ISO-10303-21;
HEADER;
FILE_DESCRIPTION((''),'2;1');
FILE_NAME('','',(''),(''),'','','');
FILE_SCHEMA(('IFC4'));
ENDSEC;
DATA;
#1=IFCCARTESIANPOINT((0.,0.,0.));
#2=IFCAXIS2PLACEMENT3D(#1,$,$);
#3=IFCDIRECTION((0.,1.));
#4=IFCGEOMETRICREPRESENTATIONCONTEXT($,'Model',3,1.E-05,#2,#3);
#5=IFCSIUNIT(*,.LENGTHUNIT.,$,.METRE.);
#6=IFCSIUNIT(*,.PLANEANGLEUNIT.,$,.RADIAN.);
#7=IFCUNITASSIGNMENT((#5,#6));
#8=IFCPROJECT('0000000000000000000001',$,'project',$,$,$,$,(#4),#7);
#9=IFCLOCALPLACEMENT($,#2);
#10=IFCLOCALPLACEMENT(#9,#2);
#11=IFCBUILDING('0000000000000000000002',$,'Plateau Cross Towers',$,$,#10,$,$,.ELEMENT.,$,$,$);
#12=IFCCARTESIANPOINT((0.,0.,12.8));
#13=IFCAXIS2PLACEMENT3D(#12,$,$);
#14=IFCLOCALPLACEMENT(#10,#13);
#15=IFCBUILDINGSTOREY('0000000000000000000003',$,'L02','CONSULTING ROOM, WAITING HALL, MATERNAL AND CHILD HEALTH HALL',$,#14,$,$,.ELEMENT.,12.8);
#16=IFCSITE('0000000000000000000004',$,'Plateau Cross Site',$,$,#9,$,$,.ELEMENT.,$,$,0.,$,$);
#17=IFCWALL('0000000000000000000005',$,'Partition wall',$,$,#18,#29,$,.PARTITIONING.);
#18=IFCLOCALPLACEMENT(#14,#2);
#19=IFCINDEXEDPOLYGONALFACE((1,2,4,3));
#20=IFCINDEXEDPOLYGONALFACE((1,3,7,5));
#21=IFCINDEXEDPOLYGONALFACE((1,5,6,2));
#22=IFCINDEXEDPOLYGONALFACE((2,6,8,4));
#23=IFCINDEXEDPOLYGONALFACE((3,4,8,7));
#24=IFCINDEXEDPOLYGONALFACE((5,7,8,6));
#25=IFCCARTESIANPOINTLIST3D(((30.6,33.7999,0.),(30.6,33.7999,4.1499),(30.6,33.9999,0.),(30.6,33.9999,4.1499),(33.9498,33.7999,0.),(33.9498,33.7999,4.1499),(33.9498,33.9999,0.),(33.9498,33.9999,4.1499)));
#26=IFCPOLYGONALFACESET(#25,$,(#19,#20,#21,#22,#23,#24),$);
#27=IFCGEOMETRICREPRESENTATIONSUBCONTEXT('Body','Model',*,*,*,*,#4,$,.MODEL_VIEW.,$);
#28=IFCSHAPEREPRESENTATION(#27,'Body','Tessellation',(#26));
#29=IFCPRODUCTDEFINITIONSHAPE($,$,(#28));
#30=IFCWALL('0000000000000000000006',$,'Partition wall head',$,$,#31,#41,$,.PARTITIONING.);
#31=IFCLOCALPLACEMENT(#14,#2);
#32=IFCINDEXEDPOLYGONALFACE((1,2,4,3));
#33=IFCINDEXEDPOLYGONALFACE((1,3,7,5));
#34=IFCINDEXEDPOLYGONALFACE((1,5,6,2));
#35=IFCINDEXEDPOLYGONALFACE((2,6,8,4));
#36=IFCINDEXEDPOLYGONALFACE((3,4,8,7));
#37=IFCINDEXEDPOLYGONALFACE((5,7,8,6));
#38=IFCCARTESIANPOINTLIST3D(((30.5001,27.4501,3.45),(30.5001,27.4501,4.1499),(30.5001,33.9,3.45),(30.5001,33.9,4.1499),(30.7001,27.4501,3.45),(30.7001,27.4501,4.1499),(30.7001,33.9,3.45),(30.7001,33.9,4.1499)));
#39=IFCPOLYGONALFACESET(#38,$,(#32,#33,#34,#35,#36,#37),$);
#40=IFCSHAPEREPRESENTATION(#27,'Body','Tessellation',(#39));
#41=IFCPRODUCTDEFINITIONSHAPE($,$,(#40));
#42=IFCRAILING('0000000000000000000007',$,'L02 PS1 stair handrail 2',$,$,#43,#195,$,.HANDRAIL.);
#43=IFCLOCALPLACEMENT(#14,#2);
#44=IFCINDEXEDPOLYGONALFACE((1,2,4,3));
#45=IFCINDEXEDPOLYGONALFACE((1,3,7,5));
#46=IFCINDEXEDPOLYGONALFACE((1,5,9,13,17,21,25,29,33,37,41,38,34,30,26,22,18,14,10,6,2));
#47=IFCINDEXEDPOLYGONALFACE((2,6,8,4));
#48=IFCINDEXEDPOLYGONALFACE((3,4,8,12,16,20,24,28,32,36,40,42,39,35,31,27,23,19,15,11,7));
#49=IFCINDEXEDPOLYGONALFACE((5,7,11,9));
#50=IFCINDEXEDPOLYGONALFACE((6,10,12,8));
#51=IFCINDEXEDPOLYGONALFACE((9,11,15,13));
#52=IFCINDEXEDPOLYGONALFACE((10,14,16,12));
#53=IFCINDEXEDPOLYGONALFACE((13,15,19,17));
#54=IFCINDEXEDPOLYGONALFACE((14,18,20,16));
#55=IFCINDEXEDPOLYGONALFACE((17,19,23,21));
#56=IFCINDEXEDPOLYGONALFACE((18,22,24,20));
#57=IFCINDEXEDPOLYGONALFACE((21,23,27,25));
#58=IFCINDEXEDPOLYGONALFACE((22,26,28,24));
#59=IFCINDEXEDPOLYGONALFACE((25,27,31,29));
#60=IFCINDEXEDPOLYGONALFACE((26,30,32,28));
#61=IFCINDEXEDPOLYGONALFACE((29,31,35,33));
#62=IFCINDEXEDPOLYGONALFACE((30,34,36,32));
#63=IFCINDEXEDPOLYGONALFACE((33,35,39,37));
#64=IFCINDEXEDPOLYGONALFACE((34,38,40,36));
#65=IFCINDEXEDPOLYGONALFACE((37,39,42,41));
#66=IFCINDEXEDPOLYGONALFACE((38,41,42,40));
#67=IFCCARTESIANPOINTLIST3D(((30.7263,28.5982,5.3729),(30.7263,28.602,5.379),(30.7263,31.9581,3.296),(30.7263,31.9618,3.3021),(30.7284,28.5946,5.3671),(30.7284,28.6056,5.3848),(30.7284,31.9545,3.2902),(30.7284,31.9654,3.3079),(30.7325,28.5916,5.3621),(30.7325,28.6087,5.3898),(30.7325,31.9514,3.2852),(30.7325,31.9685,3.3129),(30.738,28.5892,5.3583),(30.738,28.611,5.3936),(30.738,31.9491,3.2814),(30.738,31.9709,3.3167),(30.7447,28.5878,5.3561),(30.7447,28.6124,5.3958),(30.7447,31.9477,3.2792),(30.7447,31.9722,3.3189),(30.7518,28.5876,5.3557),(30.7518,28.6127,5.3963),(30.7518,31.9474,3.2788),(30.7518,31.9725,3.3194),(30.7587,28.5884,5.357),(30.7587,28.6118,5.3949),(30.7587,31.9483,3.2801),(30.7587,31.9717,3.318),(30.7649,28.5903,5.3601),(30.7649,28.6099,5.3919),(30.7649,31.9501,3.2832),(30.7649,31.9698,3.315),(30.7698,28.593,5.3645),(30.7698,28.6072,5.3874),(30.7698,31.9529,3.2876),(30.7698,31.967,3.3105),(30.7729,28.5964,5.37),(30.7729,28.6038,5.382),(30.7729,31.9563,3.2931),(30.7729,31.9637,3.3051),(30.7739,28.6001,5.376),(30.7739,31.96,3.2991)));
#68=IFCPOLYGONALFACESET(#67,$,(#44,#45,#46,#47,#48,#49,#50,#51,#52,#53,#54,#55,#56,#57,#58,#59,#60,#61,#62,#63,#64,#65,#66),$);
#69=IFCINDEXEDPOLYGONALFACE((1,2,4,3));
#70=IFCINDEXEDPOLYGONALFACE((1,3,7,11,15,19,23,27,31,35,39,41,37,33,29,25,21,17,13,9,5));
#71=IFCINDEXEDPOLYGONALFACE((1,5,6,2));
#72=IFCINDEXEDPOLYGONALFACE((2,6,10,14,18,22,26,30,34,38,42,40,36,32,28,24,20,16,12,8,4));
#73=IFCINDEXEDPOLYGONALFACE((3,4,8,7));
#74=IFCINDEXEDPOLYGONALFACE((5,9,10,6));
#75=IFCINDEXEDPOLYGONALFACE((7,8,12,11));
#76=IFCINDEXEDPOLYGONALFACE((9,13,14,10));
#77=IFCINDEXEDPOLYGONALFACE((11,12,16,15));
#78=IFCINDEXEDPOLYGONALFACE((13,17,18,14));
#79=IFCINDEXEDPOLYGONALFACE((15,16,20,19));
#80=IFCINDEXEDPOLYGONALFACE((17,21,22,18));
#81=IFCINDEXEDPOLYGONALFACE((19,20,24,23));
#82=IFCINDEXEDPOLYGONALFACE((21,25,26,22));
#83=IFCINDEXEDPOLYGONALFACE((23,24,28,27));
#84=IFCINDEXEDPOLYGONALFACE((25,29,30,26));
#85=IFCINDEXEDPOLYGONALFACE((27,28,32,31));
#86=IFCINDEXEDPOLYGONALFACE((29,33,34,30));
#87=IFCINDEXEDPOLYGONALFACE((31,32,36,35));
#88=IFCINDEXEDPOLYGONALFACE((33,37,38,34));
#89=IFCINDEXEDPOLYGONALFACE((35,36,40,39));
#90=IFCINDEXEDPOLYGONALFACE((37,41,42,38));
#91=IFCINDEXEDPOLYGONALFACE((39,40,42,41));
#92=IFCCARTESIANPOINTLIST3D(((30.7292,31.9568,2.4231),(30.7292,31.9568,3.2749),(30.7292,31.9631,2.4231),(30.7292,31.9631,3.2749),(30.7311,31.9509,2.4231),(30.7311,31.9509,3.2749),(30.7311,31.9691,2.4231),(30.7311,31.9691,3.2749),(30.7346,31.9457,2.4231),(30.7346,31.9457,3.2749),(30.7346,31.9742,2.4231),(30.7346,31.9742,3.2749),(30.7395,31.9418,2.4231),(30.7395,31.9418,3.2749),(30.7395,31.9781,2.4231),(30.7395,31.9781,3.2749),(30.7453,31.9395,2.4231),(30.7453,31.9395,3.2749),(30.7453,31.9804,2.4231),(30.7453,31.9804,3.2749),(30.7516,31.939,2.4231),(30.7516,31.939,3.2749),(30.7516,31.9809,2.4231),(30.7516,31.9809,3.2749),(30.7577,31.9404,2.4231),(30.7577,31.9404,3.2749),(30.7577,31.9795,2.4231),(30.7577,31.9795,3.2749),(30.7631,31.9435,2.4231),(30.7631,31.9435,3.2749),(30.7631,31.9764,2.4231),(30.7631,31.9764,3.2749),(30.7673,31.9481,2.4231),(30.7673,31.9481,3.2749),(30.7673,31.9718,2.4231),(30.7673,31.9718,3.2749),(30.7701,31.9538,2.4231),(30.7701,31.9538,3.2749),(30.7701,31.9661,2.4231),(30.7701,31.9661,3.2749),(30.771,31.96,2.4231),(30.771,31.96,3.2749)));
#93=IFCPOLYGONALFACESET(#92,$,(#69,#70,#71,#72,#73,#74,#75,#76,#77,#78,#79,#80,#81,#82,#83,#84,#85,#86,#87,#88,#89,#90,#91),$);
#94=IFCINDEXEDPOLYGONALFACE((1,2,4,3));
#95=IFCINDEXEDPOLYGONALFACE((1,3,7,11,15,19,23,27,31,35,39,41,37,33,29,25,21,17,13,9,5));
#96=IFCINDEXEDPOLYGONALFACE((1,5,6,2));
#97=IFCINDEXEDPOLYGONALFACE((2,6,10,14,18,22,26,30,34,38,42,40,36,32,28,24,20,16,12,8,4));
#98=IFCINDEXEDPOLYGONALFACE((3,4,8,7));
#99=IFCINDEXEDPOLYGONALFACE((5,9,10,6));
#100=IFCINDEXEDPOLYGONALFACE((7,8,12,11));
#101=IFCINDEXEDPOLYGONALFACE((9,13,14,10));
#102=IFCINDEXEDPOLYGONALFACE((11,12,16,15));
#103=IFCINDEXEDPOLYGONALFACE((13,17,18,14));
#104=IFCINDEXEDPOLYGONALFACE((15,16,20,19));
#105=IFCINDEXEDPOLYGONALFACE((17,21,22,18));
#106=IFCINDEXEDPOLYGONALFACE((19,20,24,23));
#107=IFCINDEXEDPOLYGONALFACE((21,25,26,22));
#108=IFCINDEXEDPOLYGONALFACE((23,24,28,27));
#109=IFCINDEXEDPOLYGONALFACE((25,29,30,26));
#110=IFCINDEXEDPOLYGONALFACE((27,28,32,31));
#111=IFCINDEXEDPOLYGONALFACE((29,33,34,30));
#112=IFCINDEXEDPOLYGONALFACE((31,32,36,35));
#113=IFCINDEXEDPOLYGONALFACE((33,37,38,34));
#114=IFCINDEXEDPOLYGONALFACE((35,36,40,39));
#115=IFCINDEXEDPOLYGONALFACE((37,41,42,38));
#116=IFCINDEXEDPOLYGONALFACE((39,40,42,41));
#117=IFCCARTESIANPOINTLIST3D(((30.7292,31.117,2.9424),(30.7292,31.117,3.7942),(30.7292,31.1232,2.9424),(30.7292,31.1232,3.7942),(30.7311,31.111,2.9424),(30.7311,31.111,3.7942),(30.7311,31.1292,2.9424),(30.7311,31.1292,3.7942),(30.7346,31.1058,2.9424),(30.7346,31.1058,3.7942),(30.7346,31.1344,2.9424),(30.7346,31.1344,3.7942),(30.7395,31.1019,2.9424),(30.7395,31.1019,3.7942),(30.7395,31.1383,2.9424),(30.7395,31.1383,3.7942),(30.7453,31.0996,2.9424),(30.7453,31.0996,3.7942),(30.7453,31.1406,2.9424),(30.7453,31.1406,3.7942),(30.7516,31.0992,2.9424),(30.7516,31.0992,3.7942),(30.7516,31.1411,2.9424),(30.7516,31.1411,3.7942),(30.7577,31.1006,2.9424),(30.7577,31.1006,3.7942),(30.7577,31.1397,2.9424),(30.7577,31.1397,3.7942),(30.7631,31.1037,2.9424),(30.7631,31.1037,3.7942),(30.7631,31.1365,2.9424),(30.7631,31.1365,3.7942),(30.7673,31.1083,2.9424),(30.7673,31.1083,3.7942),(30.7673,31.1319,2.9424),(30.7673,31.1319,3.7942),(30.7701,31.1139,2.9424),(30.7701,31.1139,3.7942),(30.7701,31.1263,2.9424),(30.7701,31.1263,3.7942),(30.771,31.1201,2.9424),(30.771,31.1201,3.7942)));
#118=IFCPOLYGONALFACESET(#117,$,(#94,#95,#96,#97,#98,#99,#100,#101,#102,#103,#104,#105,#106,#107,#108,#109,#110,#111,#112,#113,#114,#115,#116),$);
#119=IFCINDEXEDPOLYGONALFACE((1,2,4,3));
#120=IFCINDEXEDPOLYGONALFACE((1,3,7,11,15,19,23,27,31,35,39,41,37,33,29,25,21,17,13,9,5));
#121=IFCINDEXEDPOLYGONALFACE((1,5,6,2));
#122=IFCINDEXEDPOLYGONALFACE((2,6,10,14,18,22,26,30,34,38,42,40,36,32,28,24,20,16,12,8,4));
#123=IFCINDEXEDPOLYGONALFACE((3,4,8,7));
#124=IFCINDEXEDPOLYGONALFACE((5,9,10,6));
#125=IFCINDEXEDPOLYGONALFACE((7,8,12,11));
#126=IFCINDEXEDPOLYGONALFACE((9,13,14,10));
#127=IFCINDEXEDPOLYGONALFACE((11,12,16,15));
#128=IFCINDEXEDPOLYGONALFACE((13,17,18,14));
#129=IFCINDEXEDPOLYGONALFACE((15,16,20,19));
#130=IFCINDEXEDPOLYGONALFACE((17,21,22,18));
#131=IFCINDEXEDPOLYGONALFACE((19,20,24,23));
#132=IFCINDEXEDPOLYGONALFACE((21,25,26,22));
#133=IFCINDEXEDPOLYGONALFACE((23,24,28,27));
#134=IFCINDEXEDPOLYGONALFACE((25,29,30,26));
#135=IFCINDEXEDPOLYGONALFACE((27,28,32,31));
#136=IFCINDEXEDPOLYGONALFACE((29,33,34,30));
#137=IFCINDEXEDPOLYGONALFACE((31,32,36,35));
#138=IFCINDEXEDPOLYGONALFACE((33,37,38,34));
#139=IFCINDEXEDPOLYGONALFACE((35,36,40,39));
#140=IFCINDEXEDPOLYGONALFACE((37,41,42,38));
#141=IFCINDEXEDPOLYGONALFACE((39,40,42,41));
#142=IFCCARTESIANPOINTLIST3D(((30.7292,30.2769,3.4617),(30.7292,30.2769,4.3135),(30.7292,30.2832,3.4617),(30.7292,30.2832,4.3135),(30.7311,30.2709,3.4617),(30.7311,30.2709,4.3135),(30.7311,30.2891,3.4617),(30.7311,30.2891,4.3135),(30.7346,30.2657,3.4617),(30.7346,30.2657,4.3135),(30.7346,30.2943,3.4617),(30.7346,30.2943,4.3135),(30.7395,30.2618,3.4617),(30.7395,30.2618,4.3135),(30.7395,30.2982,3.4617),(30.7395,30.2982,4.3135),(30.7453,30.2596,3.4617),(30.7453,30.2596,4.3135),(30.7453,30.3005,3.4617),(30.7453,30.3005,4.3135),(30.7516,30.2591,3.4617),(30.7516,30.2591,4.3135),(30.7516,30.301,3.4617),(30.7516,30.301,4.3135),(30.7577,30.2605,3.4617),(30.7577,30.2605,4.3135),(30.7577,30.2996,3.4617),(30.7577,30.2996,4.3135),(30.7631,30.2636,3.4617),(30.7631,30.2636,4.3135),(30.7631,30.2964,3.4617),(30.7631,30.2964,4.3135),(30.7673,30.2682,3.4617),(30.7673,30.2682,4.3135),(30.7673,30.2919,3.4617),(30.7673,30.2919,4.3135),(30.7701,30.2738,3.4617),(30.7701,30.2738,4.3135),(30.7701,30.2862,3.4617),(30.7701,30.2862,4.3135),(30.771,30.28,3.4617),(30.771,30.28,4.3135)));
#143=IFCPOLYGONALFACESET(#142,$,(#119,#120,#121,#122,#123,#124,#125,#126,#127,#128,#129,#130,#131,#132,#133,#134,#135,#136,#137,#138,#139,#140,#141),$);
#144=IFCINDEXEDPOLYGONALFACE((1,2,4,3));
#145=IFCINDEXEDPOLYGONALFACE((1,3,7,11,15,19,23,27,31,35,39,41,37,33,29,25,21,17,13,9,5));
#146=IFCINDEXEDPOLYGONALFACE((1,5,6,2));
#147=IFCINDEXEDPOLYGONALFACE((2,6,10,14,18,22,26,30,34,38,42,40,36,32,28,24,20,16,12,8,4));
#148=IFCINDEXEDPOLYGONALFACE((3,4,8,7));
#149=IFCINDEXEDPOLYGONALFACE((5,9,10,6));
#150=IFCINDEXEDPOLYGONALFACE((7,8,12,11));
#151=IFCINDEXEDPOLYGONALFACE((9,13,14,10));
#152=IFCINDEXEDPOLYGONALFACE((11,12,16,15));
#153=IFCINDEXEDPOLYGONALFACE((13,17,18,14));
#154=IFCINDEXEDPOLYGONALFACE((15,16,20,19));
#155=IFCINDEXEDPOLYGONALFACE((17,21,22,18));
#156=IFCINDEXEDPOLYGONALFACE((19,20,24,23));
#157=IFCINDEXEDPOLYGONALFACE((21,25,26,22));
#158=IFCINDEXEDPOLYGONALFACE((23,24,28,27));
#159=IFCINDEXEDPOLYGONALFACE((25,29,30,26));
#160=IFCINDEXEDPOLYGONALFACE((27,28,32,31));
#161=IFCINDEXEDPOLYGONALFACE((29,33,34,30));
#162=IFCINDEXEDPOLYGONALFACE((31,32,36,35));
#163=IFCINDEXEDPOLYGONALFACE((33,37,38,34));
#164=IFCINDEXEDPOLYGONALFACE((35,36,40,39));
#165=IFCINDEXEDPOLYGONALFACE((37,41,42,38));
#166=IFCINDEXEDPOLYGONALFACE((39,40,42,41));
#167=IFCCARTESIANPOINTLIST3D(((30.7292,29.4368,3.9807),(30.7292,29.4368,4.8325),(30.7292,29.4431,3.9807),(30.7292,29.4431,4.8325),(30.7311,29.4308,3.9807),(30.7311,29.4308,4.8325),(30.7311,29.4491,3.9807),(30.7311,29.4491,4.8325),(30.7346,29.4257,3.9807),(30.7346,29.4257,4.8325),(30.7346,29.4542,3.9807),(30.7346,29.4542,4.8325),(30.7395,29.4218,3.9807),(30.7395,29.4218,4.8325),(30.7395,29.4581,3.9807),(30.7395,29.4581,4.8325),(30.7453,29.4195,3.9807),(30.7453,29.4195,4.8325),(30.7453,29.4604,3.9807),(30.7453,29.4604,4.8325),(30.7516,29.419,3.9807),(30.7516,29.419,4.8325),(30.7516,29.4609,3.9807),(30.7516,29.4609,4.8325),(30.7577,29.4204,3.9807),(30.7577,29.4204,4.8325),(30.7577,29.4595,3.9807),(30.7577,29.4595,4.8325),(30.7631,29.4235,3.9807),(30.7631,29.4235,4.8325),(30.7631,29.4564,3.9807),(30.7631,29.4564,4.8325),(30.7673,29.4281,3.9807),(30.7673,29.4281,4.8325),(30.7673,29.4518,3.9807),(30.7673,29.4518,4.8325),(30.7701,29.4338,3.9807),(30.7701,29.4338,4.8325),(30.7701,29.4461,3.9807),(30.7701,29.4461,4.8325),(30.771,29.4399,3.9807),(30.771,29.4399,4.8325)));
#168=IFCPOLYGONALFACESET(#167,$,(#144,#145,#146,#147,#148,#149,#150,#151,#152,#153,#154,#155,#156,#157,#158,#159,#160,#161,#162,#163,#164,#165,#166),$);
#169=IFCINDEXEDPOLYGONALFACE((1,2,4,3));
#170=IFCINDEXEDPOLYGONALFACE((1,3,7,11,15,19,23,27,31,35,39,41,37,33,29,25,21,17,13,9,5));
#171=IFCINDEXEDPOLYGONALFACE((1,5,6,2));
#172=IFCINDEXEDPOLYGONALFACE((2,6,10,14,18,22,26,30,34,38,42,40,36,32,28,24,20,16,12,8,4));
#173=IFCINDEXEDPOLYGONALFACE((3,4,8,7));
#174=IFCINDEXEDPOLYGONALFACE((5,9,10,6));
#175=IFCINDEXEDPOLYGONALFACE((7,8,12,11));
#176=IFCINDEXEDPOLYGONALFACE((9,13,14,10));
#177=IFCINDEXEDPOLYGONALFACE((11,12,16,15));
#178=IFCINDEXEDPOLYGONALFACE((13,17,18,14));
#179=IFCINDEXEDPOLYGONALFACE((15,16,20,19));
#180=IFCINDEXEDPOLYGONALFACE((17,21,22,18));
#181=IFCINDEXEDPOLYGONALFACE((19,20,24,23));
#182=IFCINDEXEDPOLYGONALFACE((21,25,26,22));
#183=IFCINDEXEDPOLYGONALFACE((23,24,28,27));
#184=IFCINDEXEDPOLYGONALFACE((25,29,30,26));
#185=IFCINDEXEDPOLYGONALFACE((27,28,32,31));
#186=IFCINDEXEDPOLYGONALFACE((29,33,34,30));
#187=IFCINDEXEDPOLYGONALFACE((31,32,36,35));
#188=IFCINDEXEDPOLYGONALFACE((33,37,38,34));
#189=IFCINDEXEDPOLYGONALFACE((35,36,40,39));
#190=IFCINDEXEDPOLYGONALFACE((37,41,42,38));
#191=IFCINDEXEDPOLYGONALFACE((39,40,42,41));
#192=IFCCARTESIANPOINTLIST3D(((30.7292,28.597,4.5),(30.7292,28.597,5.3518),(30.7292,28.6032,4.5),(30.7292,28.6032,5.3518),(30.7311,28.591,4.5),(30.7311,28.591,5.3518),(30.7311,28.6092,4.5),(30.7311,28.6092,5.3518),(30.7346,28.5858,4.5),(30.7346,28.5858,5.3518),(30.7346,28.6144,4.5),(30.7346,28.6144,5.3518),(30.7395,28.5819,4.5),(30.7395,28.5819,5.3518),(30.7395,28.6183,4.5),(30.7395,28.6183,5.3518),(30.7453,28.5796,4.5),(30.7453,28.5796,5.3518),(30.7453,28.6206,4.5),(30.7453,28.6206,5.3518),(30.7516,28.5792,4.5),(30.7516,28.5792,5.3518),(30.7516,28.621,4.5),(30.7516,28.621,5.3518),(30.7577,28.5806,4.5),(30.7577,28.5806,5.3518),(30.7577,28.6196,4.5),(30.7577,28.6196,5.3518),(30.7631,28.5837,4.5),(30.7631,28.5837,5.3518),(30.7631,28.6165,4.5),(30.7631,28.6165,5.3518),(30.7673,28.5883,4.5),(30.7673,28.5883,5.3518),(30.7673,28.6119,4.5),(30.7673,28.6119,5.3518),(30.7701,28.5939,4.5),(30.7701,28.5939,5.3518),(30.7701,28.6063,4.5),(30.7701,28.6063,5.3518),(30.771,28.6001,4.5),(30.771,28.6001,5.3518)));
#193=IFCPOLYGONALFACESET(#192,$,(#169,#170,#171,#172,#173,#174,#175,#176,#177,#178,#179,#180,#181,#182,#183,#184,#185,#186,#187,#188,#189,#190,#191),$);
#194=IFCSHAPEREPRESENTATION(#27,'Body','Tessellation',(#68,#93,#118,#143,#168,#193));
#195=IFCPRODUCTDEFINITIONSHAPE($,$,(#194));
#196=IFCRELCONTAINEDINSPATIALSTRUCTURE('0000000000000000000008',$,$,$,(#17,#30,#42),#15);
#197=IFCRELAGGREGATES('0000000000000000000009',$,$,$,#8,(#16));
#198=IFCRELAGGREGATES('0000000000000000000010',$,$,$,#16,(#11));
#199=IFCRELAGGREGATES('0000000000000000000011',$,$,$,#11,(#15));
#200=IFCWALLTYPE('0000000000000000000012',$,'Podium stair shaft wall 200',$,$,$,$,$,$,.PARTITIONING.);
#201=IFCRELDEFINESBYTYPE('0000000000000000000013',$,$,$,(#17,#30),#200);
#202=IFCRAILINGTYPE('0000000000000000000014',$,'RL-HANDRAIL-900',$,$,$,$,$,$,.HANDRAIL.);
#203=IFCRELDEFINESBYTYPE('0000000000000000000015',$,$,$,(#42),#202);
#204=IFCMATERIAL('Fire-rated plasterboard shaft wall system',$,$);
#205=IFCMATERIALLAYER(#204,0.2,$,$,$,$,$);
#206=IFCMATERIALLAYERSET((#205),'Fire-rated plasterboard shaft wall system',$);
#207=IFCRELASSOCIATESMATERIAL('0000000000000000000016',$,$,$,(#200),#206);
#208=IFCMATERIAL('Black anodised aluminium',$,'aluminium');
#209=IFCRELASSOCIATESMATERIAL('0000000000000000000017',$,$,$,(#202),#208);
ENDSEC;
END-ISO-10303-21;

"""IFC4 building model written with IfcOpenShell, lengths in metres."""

from ifc_helpers import new_model, si_unit, direction, frame, frame_2d, origin, origin_2d, place, context, subcontext, project, spatial, rectangle, circle, extrude, material, layer, layer_set, type_object, element, save


model = new_model("IFC4")

# Units and contexts
model_context = context("Model", 3, precision=1e-05, world=origin(), true_north=direction((0.0, 1.0)))
body_context = subcontext(model_context, "Body", "Model", "MODEL_VIEW")
ifc_project = project(units=[si_unit("LENGTHUNIT", "METRE"), si_unit("PLANEANGLEUNIT", "RADIAN")], contexts=[model_context])

# Site, building, storey
site_placement = place(None, origin())
site = spatial("IfcSite", under=ifc_project, at=site_placement, Name="Plateau Cross Site", CompositionType="ELEMENT", RefElevation=0.0)
building_placement = place(site_placement, origin())
building = spatial("IfcBuilding", under=site, at=building_placement, Name="Plateau Cross Towers", CompositionType="ELEMENT")
storey_placement = place(building_placement, frame((0.0, 0.0, 12.8)))
storey = spatial("IfcBuildingStorey", under=building, at=storey_placement, Name="L02", Description="CONSULTING ROOM, WAITING HALL, MATERNAL AND CHILD HEALTH HALL", CompositionType="ELEMENT", Elevation=12.8)

# Walls
ifc_material_1 = material(Name="Fire-rated plasterboard shaft wall system")
ifc_layer_1 = layer(ifc_material_1, 0.2)
ifc_layer_set_1 = layer_set([ifc_layer_1], Name="Fire-rated plasterboard shaft wall system")
wall_type_1 = type_object("IfcWallType", Name="Podium stair shaft wall 200", PredefinedType="PARTITIONING", material=ifc_layer_set_1)
wall_1_placement = place(storey_placement, frame((30.6001, 33.8999, 0.0), z_axis=(0.0, 0.0, 1.0), x_axis=(1.0, 0.0, 0.0)))
element("IfcWall", 1, at=wall_1_placement, inside=storey, type_object=wall_type_1, Name="Partition wall", PredefinedType="PARTITIONING", context=body_context, shape_type="SweptSolid", body=[
    extrude(rectangle(XDim=3.3499, YDim=0.2, at=frame_2d((1.6748, 0.0))), origin(), (0.0, 0.0, 1.0), 4.1499),
])
wall_2_placement = place(storey_placement, frame((30.6001, 27.45, 3.45), z_axis=(0.0, 0.0, 1.0), x_axis=(0.0, 1.0, 0.0)))
element("IfcWall", 2, at=wall_2_placement, inside=storey, type_object=wall_type_1, Name="Partition wall head", PredefinedType="PARTITIONING", context=body_context, shape_type="SweptSolid", body=[
    extrude(rectangle(XDim=6.45, YDim=0.2, at=frame_2d((3.2251, 0.0))), origin(), (0.0, 0.0, 1.0), 0.7),
])

# Railing
ifc_material_2 = material(Name="Black anodised aluminium", Category="aluminium")
railing_type = type_object("IfcRailingType", Name="RL-HANDRAIL-900", PredefinedType="HANDRAIL", material=ifc_material_2)
railing_placement = place(storey_placement, frame((30.75, 31.96, 2.4231)))
element("IfcRailing", 3, at=railing_placement, inside=storey, type_object=railing_type, Name="L02 PS1 stair handrail 2", PredefinedType="HANDRAIL", context=body_context, shape_type="SweptSolid", body=[
    extrude(circle(Radius=0.0239, at=origin_2d()), frame((0.0, 0.0, 0.876), z_axis=(0.0, -0.850606, 0.525803), x_axis=(1.0, 0.0, 0.0)), (0.0, 0.0, 1.0), 3.95),
    extrude(circle(Radius=0.021, at=origin_2d()), origin(), (0.0, 0.0, 1.0), 0.8518),
    extrude(circle(Radius=0.021, at=origin_2d()), frame((0.0, -0.8398, 0.5193)), (0.0, 0.0, 1.0), 0.8518),
    extrude(circle(Radius=0.021, at=origin_2d()), frame((0.0, -1.6799, 1.0386)), (0.0, 0.0, 1.0), 0.8518),
    extrude(circle(Radius=0.021, at=origin_2d()), frame((0.0, -2.52, 1.5576)), (0.0, 0.0, 1.0), 0.8518),
    extrude(circle(Radius=0.021, at=origin_2d()), frame((0.0, -3.3599, 2.0769)), (0.0, 0.0, 1.0), 0.8518),
])

save(model, "model.ifc")
